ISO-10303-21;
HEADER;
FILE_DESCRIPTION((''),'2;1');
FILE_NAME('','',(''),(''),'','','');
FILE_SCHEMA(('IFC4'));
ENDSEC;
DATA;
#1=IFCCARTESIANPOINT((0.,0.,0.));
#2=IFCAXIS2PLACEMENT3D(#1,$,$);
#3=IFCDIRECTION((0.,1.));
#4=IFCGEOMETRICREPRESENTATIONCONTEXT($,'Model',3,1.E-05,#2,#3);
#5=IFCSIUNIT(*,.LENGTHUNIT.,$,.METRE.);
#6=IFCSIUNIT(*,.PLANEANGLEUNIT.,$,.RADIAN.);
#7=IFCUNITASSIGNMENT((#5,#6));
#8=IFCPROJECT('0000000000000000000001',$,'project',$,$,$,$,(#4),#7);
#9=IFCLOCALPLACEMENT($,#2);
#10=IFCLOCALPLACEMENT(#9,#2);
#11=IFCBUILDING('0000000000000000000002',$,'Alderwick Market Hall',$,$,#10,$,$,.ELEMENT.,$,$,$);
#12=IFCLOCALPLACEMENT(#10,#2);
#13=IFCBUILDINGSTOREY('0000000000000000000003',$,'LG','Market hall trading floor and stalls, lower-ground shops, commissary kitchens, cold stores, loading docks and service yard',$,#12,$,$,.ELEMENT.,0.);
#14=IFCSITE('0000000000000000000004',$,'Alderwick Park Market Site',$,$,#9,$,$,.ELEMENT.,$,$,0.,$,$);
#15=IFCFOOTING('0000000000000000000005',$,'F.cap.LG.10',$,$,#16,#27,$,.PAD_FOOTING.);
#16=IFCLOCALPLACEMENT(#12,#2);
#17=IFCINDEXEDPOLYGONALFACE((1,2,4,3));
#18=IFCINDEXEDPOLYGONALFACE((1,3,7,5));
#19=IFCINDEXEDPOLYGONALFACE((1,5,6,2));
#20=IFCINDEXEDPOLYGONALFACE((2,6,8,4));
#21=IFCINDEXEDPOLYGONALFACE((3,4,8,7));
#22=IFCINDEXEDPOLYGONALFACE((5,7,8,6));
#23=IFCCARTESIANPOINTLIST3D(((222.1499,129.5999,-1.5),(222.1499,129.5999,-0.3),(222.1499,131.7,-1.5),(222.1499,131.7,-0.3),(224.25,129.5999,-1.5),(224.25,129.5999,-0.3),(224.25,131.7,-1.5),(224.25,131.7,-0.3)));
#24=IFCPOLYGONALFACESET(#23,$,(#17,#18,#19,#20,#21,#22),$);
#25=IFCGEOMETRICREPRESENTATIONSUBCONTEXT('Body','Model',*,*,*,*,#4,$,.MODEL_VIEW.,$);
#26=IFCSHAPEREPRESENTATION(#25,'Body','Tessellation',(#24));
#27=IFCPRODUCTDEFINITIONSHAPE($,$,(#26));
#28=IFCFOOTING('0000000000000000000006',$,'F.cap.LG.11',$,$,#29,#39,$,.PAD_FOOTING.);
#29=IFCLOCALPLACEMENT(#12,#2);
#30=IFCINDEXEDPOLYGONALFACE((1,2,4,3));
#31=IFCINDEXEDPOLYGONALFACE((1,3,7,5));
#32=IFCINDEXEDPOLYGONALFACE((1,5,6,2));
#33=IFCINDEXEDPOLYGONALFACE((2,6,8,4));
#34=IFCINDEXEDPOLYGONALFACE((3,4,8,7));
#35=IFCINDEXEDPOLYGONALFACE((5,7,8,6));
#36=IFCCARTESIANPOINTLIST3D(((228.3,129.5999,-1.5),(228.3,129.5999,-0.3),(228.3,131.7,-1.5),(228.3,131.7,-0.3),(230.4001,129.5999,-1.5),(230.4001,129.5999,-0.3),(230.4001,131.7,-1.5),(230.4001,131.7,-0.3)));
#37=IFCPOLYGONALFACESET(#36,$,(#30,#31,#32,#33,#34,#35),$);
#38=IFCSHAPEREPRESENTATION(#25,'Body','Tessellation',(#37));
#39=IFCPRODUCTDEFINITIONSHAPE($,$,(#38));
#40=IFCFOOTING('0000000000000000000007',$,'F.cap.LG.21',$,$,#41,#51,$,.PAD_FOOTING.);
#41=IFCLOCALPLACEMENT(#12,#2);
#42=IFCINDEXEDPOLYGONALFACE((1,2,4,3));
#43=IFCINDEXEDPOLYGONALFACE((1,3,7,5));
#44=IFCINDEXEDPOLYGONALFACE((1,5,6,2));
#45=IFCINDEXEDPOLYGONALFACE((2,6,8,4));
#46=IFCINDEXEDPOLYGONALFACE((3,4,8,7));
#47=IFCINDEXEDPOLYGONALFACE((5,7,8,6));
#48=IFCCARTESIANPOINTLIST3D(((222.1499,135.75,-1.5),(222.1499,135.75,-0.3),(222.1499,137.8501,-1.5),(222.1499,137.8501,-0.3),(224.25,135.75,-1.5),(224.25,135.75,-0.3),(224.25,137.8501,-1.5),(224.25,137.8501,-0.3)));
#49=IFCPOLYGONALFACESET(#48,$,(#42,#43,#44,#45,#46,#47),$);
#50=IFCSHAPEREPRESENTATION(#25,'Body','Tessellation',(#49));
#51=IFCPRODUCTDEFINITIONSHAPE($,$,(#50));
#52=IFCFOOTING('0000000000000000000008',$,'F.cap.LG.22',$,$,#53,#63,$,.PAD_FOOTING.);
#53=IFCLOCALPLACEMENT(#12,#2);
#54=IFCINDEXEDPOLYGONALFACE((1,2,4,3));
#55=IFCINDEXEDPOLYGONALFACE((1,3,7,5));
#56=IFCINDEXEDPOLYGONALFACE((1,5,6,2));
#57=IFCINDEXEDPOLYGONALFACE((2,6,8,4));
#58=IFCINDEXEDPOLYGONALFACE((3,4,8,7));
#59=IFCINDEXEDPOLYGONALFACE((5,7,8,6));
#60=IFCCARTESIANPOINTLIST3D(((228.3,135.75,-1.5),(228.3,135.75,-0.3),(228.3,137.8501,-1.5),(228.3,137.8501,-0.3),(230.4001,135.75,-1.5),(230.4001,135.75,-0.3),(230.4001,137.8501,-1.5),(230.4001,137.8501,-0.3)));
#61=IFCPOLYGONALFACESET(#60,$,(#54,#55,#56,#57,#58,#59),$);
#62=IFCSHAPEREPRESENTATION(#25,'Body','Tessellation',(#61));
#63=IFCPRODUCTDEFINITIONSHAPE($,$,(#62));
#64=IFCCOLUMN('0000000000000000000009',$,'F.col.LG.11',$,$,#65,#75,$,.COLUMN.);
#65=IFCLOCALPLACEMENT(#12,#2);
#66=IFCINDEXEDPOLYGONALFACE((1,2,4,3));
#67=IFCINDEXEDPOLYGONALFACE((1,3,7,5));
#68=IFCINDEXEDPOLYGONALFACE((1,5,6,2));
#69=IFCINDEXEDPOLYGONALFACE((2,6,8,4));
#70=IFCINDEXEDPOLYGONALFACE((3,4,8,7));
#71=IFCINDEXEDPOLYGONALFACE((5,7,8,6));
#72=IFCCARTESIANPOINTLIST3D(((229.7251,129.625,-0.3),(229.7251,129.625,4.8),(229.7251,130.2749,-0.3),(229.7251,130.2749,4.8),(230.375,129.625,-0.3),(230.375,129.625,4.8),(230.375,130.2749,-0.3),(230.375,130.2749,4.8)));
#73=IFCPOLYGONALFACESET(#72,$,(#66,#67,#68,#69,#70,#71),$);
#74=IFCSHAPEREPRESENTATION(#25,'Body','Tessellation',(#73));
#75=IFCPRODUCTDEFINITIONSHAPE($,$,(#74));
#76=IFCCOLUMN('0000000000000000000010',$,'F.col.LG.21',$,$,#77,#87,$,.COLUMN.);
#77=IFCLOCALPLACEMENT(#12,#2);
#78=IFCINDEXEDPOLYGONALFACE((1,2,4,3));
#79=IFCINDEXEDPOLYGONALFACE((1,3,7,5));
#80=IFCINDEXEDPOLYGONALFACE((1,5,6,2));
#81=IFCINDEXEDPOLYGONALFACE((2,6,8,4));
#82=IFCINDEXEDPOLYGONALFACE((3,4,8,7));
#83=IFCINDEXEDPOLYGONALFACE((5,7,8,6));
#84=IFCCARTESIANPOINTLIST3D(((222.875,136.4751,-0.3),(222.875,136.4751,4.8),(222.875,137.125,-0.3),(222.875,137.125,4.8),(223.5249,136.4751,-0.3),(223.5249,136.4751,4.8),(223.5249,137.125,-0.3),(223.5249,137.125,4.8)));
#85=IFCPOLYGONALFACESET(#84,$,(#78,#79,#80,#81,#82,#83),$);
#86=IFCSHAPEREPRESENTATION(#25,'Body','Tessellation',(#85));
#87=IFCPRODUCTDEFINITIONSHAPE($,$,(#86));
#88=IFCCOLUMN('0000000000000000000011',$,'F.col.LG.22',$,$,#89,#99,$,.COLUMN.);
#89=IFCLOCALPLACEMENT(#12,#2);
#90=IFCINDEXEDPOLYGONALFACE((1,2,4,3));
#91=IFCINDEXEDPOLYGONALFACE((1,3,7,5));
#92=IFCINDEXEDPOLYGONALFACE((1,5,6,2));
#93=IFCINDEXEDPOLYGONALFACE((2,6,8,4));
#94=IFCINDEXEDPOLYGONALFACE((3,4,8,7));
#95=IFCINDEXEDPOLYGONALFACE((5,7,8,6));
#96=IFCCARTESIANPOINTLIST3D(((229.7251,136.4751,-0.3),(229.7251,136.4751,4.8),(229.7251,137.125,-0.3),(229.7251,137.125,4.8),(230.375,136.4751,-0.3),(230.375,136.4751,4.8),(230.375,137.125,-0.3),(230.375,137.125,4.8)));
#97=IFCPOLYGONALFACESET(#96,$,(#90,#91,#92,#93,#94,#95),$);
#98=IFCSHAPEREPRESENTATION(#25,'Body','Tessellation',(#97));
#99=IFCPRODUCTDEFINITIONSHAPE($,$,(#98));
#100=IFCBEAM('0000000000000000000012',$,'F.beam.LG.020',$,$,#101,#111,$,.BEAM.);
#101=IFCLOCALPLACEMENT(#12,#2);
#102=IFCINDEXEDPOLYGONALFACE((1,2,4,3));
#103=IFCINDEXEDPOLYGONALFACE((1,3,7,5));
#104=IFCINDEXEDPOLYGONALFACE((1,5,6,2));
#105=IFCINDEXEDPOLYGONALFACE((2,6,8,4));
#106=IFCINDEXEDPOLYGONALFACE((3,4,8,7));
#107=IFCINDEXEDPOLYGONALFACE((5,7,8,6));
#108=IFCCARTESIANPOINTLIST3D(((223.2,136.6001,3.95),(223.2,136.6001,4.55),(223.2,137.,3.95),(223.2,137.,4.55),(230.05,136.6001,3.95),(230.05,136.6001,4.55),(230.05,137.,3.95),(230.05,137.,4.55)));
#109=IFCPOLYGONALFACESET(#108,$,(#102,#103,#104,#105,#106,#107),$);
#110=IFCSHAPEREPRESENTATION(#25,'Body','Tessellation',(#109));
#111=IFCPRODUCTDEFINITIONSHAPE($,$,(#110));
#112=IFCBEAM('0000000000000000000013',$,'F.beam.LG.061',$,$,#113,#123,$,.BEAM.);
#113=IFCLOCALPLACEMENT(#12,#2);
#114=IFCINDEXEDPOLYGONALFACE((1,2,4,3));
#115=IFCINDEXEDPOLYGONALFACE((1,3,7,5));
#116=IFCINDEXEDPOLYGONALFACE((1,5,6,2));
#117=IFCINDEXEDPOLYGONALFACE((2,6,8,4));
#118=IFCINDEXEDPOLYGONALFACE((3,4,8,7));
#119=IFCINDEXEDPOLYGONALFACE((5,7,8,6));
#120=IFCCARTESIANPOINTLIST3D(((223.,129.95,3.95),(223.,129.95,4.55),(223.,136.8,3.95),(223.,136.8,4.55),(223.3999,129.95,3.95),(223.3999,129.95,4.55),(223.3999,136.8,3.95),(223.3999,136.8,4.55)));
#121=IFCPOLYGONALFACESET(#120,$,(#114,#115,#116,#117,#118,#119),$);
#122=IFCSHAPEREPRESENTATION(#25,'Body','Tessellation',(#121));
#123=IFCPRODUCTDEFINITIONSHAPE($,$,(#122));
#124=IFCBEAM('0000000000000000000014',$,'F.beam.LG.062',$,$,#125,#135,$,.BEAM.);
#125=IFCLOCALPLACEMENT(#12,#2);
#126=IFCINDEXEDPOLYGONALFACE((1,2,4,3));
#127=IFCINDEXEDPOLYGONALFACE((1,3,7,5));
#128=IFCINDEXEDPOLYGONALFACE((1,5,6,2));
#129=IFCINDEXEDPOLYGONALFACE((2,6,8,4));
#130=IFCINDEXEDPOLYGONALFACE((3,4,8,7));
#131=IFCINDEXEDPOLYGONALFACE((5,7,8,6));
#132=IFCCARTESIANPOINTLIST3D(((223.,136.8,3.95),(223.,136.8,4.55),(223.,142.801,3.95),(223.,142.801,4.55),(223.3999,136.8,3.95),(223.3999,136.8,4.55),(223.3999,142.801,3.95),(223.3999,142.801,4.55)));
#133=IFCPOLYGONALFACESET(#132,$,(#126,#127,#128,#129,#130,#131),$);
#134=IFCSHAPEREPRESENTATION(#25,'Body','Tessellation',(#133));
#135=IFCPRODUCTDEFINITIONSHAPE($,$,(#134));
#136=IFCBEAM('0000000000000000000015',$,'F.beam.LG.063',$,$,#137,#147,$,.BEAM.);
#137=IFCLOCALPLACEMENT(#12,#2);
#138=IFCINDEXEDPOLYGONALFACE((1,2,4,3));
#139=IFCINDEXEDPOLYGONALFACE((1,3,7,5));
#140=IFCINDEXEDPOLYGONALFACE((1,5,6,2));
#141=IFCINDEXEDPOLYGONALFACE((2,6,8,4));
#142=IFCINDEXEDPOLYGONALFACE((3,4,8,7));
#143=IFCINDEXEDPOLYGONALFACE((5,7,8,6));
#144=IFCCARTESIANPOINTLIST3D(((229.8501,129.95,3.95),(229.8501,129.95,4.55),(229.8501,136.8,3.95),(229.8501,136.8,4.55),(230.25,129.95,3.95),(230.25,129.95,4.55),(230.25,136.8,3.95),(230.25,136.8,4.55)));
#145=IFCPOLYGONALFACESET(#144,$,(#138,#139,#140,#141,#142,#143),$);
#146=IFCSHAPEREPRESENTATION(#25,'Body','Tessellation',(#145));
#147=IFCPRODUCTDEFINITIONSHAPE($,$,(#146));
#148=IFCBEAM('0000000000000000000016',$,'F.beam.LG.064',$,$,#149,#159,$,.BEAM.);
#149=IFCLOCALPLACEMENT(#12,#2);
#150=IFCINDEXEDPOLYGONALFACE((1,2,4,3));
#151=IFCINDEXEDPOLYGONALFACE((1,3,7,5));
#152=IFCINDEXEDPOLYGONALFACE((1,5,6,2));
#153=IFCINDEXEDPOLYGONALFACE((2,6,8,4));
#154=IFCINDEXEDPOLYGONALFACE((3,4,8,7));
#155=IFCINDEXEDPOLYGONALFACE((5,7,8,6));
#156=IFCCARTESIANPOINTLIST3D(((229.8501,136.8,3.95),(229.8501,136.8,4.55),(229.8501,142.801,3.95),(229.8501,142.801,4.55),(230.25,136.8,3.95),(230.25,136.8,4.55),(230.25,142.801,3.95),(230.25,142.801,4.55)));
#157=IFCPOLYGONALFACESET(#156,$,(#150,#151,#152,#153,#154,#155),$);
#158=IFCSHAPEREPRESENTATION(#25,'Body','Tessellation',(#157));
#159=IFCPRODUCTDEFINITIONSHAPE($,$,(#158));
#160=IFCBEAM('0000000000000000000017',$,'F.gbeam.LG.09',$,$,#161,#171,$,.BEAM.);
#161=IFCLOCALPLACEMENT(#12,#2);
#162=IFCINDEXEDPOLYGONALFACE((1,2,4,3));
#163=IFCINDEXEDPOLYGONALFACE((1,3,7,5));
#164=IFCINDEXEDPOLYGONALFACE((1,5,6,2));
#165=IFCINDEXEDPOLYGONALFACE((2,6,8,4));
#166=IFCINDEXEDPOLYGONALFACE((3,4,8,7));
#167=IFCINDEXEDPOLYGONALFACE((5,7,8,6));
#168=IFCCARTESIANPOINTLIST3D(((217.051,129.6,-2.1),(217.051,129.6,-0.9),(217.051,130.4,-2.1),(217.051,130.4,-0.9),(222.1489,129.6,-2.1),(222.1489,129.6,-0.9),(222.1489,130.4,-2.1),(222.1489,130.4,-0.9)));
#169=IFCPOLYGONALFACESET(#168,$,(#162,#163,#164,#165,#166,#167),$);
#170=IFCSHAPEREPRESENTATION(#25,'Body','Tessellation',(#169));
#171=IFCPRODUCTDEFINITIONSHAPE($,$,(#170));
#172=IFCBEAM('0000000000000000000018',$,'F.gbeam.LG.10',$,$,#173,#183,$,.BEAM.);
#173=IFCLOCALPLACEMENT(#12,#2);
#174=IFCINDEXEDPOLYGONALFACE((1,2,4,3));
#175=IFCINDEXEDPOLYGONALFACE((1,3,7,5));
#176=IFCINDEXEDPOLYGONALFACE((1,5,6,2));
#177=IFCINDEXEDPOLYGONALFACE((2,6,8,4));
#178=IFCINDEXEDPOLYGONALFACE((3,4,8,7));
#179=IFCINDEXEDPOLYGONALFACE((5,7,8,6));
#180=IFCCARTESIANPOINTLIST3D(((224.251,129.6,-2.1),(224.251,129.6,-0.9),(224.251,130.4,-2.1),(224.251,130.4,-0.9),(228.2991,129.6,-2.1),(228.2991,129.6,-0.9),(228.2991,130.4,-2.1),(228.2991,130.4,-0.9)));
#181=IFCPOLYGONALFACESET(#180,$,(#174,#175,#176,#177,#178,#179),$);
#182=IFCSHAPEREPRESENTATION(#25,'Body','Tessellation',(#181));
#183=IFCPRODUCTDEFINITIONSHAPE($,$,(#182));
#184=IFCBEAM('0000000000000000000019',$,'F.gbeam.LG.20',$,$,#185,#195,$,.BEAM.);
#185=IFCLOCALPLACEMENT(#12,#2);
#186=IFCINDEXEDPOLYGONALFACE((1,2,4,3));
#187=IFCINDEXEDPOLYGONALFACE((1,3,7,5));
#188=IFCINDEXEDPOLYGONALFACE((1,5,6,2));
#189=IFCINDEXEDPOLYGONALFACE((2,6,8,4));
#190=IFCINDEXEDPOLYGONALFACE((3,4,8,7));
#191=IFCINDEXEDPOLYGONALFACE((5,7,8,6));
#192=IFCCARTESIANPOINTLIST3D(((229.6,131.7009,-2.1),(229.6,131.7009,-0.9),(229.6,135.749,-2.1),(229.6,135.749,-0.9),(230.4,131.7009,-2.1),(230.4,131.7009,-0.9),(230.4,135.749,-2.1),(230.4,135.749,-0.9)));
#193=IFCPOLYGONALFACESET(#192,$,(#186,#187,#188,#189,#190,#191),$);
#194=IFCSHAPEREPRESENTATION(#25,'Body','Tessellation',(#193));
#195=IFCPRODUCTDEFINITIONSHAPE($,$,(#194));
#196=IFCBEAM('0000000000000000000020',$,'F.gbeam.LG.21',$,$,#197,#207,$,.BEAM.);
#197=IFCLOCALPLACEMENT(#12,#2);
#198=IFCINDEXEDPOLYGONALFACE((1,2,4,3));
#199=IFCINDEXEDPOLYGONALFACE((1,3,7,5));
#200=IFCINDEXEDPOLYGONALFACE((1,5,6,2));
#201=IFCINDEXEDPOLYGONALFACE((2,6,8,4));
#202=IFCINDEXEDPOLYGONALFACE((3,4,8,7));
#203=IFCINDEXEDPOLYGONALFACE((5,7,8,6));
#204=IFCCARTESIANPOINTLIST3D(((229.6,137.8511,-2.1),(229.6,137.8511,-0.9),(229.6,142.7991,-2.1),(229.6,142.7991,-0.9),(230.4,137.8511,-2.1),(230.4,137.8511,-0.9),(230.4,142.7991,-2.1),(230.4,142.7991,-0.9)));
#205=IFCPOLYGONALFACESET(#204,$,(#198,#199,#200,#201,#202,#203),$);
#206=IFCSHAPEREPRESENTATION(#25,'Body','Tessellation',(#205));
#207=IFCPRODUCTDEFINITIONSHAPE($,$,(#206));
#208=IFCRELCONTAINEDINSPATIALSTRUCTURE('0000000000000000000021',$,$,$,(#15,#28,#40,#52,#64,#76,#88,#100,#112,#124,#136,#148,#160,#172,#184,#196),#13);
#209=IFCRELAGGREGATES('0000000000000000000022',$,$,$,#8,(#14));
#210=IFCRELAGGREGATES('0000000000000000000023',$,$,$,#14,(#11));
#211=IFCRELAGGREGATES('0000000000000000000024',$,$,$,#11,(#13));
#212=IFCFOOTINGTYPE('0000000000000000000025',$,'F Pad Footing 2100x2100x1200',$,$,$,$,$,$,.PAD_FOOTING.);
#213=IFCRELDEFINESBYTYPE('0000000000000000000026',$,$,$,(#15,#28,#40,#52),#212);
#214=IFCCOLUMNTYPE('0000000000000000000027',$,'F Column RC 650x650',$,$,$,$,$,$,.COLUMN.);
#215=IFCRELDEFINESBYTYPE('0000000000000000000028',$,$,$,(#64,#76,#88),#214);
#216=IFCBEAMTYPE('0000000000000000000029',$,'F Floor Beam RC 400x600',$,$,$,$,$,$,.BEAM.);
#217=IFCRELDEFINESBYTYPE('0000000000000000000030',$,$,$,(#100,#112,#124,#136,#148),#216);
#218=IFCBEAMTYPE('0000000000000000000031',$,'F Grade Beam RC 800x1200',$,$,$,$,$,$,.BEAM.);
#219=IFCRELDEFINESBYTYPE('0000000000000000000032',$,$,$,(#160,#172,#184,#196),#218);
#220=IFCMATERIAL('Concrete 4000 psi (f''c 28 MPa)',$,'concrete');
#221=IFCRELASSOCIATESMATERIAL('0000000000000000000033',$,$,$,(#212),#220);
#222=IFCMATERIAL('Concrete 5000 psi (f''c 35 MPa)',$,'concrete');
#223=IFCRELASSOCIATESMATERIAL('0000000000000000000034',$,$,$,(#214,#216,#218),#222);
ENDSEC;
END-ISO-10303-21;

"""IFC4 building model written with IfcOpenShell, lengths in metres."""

from ifc_helpers import new_model, si_unit, direction, frame, origin, origin_2d, place, context, subcontext, project, spatial, rectangle, extrude, material, material_profile, profile_set, type_object, element, save


model = new_model("IFC4")

# Units and contexts
model_context = context("Model", 3, precision=1e-05, world=origin(), true_north=direction((0.0, 1.0)))
body_context = subcontext(model_context, "Body", "Model", "MODEL_VIEW")
ifc_project = project(units=[si_unit("LENGTHUNIT", "METRE"), si_unit("PLANEANGLEUNIT", "RADIAN")], contexts=[model_context])

# Site, building, storey
site_placement = place(None, origin())
site = spatial("IfcSite", under=ifc_project, at=site_placement, Name="Alderwick Park Market Site", CompositionType="ELEMENT", RefElevation=0.0)
building_placement = place(site_placement, origin())
building = spatial("IfcBuilding", under=site, at=building_placement, Name="Alderwick Market Hall", CompositionType="ELEMENT")
storey_placement = place(building_placement, origin())
storey = spatial("IfcBuildingStorey", under=building, at=storey_placement, Name="LG", Description="Market hall trading floor and stalls, lower-ground shops, commissary kitchens, cold stores, loading docks and service yard", CompositionType="ELEMENT", Elevation=0.0)

# Footings
ifc_material_1 = material(Name="Concrete 4000 psi (f'c 28 MPa)", Category="concrete")
footing_type = type_object("IfcFootingType", Name="F Pad Footing 2100x2100x1200", PredefinedType="PAD_FOOTING", material=ifc_material_1)
for number, where, z_axis, x_axis, name in (
    (1, (223.2, 130.6499, -1.5), (0.0, 0.0, 1.0), (1.0, 0.0, 0.0), "F.cap.LG.10"),
    (2, (229.3501, 130.6499, -1.5), (0.0, 0.0, 1.0), (1.0, 0.0, 0.0), "F.cap.LG.11"),
    (3, (223.2, 136.8, -1.5), (0.0, 0.0, 1.0), (1.0, 0.0, 0.0), "F.cap.LG.21"),
    (4, (229.3501, 136.8, -1.5), (0.0, 0.0, 1.0), (1.0, 0.0, 0.0), "F.cap.LG.22"),
):
    element("IfcFooting", number, at=place(storey_placement, frame(where, z_axis=z_axis, x_axis=x_axis)), inside=storey, type_object=footing_type, Name=name, PredefinedType="PAD_FOOTING", context=body_context, shape_type="SweptSolid", body=[
        extrude(rectangle(XDim=2.1001, YDim=2.1001, at=origin_2d()), origin(), (0.0, 0.0, 1.0), 1.2),
    ])

# Columns
ifc_material_2 = material(Name="Concrete 5000 psi (f'c 35 MPa)", Category="concrete")
ifc_material_profile_1 = material_profile(ifc_material_2, rectangle(XDim=0.6499, YDim=0.6499, at=origin_2d()), Name="RC 650x650")
ifc_profile_set_1 = profile_set([ifc_material_profile_1], Name="Concrete 5000 psi (f'c 35 MPa)")
column_type = type_object("IfcColumnType", Name="F Column RC 650x650", PredefinedType="COLUMN", material=ifc_profile_set_1)
for number, where, z_axis, x_axis, name in (
    (5, (230.05, 129.95, -0.3), (0.0, 0.0, 1.0), (1.0, 0.0, 0.0), "F.col.LG.11"),
    (6, (223.2, 136.8, -0.3), (0.0, 0.0, 1.0), (1.0, 0.0, 0.0), "F.col.LG.21"),
    (7, (230.05, 136.8, -0.3), (0.0, 0.0, 1.0), (1.0, 0.0, 0.0), "F.col.LG.22"),
):
    element("IfcColumn", number, at=place(storey_placement, frame(where, z_axis=z_axis, x_axis=x_axis)), inside=storey, type_object=column_type, Name=name, PredefinedType="COLUMN", context=body_context, shape_type="SweptSolid", body=[
        extrude(rectangle(XDim=0.6499, YDim=0.6499, at=origin_2d()), origin(), (0.0, 0.0, 1.0), 5.1001),
    ])

# Beams
ifc_material_profile_2 = material_profile(ifc_material_2, rectangle(XDim=0.3999, YDim=0.6001, at=origin_2d()), Name="RC 400x600")
ifc_profile_set_2 = profile_set([ifc_material_profile_2], Name="Concrete 5000 psi (f'c 35 MPa)")
beam_type_1 = type_object("IfcBeamType", Name="F Floor Beam RC 400x600", PredefinedType="BEAM", material=ifc_profile_set_2)
for number, where, z_axis, x_axis, name in (
    (8, (223.2, 136.8, 4.25), (1.0, 0.0, 0.0), (0.0, 1.0, 0.0), "F.beam.LG.020"),
    (9, (223.2, 129.95, 4.25), (0.0, 1.0, 0.0), (-1.0, 0.0, 0.0), "F.beam.LG.061"),
):
    element("IfcBeam", number, at=place(storey_placement, frame(where, z_axis=z_axis, x_axis=x_axis)), inside=storey, type_object=beam_type_1, Name=name, PredefinedType="BEAM", context=body_context, shape_type="SweptSolid", body=[
        extrude(rectangle(XDim=0.3999, YDim=0.6001, at=origin_2d()), origin(), (0.0, 0.0, 1.0), 6.8501),
    ])
beam_1_placement = place(storey_placement, frame((223.2, 136.8, 4.25), z_axis=(0.0, 1.0, 0.0), x_axis=(-1.0, 0.0, 0.0)))
element("IfcBeam", 10, at=beam_1_placement, inside=storey, type_object=beam_type_1, Name="F.beam.LG.062", PredefinedType="BEAM", context=body_context, shape_type="SweptSolid", body=[
    extrude(rectangle(XDim=0.3999, YDim=0.6001, at=origin_2d()), origin(), (0.0, 0.0, 1.0), 6.001),
])
beam_2_placement = place(storey_placement, frame((230.05, 129.95, 4.25), z_axis=(0.0, 1.0, 0.0), x_axis=(-1.0, 0.0, 0.0)))
element("IfcBeam", 11, at=beam_2_placement, inside=storey, type_object=beam_type_1, Name="F.beam.LG.063", PredefinedType="BEAM", context=body_context, shape_type="SweptSolid", body=[
    extrude(rectangle(XDim=0.3999, YDim=0.6001, at=origin_2d()), origin(), (0.0, 0.0, 1.0), 6.8501),
])
beam_3_placement = place(storey_placement, frame((230.05, 136.8, 4.25), z_axis=(0.0, 1.0, 0.0), x_axis=(-1.0, 0.0, 0.0)))
element("IfcBeam", 12, at=beam_3_placement, inside=storey, type_object=beam_type_1, Name="F.beam.LG.064", PredefinedType="BEAM", context=body_context, shape_type="SweptSolid", body=[
    extrude(rectangle(XDim=0.3999, YDim=0.6001, at=origin_2d()), origin(), (0.0, 0.0, 1.0), 6.001),
])
ifc_material_profile_3 = material_profile(ifc_material_2, rectangle(XDim=0.8, YDim=1.2, at=origin_2d()), Name="RC 800x1200")
ifc_profile_set_3 = profile_set([ifc_material_profile_3], Name="Concrete 5000 psi (f'c 35 MPa)")
beam_type_2 = type_object("IfcBeamType", Name="F Grade Beam RC 800x1200", PredefinedType="BEAM", material=ifc_profile_set_3)
beam_4_placement = place(storey_placement, frame((217.051, 130.0, -1.5), z_axis=(1.0, 0.0, 0.0), x_axis=(0.0, 1.0, 0.0)))
element("IfcBeam", 13, at=beam_4_placement, inside=storey, type_object=beam_type_2, Name="F.gbeam.LG.09", PredefinedType="BEAM", context=body_context, shape_type="SweptSolid", body=[
    extrude(rectangle(XDim=0.8, YDim=1.2, at=origin_2d()), origin(), (0.0, 0.0, 1.0), 5.0979),
])
for number, where, z_axis, x_axis, name in (
    (14, (224.251, 130.0, -1.5), (1.0, 0.0, 0.0), (0.0, 1.0, 0.0), "F.gbeam.LG.10"),
    (15, (230.0, 131.7009, -1.5), (0.0, 1.0, 0.0), (-1.0, 0.0, 0.0), "F.gbeam.LG.20"),
):
    element("IfcBeam", number, at=place(storey_placement, frame(where, z_axis=z_axis, x_axis=x_axis)), inside=storey, type_object=beam_type_2, Name=name, PredefinedType="BEAM", context=body_context, shape_type="SweptSolid", body=[
        extrude(rectangle(XDim=0.8, YDim=1.2, at=origin_2d()), origin(), (0.0, 0.0, 1.0), 4.0481),
    ])
beam_5_placement = place(storey_placement, frame((230.0, 137.8511, -1.5), z_axis=(0.0, 1.0, 0.0), x_axis=(-1.0, 0.0, 0.0)))
element("IfcBeam", 16, at=beam_5_placement, inside=storey, type_object=beam_type_2, Name="F.gbeam.LG.21", PredefinedType="BEAM", context=body_context, shape_type="SweptSolid", body=[
    extrude(rectangle(XDim=0.8, YDim=1.2, at=origin_2d()), origin(), (0.0, 0.0, 1.0), 4.948),
])

save(model, "model.ifc")
